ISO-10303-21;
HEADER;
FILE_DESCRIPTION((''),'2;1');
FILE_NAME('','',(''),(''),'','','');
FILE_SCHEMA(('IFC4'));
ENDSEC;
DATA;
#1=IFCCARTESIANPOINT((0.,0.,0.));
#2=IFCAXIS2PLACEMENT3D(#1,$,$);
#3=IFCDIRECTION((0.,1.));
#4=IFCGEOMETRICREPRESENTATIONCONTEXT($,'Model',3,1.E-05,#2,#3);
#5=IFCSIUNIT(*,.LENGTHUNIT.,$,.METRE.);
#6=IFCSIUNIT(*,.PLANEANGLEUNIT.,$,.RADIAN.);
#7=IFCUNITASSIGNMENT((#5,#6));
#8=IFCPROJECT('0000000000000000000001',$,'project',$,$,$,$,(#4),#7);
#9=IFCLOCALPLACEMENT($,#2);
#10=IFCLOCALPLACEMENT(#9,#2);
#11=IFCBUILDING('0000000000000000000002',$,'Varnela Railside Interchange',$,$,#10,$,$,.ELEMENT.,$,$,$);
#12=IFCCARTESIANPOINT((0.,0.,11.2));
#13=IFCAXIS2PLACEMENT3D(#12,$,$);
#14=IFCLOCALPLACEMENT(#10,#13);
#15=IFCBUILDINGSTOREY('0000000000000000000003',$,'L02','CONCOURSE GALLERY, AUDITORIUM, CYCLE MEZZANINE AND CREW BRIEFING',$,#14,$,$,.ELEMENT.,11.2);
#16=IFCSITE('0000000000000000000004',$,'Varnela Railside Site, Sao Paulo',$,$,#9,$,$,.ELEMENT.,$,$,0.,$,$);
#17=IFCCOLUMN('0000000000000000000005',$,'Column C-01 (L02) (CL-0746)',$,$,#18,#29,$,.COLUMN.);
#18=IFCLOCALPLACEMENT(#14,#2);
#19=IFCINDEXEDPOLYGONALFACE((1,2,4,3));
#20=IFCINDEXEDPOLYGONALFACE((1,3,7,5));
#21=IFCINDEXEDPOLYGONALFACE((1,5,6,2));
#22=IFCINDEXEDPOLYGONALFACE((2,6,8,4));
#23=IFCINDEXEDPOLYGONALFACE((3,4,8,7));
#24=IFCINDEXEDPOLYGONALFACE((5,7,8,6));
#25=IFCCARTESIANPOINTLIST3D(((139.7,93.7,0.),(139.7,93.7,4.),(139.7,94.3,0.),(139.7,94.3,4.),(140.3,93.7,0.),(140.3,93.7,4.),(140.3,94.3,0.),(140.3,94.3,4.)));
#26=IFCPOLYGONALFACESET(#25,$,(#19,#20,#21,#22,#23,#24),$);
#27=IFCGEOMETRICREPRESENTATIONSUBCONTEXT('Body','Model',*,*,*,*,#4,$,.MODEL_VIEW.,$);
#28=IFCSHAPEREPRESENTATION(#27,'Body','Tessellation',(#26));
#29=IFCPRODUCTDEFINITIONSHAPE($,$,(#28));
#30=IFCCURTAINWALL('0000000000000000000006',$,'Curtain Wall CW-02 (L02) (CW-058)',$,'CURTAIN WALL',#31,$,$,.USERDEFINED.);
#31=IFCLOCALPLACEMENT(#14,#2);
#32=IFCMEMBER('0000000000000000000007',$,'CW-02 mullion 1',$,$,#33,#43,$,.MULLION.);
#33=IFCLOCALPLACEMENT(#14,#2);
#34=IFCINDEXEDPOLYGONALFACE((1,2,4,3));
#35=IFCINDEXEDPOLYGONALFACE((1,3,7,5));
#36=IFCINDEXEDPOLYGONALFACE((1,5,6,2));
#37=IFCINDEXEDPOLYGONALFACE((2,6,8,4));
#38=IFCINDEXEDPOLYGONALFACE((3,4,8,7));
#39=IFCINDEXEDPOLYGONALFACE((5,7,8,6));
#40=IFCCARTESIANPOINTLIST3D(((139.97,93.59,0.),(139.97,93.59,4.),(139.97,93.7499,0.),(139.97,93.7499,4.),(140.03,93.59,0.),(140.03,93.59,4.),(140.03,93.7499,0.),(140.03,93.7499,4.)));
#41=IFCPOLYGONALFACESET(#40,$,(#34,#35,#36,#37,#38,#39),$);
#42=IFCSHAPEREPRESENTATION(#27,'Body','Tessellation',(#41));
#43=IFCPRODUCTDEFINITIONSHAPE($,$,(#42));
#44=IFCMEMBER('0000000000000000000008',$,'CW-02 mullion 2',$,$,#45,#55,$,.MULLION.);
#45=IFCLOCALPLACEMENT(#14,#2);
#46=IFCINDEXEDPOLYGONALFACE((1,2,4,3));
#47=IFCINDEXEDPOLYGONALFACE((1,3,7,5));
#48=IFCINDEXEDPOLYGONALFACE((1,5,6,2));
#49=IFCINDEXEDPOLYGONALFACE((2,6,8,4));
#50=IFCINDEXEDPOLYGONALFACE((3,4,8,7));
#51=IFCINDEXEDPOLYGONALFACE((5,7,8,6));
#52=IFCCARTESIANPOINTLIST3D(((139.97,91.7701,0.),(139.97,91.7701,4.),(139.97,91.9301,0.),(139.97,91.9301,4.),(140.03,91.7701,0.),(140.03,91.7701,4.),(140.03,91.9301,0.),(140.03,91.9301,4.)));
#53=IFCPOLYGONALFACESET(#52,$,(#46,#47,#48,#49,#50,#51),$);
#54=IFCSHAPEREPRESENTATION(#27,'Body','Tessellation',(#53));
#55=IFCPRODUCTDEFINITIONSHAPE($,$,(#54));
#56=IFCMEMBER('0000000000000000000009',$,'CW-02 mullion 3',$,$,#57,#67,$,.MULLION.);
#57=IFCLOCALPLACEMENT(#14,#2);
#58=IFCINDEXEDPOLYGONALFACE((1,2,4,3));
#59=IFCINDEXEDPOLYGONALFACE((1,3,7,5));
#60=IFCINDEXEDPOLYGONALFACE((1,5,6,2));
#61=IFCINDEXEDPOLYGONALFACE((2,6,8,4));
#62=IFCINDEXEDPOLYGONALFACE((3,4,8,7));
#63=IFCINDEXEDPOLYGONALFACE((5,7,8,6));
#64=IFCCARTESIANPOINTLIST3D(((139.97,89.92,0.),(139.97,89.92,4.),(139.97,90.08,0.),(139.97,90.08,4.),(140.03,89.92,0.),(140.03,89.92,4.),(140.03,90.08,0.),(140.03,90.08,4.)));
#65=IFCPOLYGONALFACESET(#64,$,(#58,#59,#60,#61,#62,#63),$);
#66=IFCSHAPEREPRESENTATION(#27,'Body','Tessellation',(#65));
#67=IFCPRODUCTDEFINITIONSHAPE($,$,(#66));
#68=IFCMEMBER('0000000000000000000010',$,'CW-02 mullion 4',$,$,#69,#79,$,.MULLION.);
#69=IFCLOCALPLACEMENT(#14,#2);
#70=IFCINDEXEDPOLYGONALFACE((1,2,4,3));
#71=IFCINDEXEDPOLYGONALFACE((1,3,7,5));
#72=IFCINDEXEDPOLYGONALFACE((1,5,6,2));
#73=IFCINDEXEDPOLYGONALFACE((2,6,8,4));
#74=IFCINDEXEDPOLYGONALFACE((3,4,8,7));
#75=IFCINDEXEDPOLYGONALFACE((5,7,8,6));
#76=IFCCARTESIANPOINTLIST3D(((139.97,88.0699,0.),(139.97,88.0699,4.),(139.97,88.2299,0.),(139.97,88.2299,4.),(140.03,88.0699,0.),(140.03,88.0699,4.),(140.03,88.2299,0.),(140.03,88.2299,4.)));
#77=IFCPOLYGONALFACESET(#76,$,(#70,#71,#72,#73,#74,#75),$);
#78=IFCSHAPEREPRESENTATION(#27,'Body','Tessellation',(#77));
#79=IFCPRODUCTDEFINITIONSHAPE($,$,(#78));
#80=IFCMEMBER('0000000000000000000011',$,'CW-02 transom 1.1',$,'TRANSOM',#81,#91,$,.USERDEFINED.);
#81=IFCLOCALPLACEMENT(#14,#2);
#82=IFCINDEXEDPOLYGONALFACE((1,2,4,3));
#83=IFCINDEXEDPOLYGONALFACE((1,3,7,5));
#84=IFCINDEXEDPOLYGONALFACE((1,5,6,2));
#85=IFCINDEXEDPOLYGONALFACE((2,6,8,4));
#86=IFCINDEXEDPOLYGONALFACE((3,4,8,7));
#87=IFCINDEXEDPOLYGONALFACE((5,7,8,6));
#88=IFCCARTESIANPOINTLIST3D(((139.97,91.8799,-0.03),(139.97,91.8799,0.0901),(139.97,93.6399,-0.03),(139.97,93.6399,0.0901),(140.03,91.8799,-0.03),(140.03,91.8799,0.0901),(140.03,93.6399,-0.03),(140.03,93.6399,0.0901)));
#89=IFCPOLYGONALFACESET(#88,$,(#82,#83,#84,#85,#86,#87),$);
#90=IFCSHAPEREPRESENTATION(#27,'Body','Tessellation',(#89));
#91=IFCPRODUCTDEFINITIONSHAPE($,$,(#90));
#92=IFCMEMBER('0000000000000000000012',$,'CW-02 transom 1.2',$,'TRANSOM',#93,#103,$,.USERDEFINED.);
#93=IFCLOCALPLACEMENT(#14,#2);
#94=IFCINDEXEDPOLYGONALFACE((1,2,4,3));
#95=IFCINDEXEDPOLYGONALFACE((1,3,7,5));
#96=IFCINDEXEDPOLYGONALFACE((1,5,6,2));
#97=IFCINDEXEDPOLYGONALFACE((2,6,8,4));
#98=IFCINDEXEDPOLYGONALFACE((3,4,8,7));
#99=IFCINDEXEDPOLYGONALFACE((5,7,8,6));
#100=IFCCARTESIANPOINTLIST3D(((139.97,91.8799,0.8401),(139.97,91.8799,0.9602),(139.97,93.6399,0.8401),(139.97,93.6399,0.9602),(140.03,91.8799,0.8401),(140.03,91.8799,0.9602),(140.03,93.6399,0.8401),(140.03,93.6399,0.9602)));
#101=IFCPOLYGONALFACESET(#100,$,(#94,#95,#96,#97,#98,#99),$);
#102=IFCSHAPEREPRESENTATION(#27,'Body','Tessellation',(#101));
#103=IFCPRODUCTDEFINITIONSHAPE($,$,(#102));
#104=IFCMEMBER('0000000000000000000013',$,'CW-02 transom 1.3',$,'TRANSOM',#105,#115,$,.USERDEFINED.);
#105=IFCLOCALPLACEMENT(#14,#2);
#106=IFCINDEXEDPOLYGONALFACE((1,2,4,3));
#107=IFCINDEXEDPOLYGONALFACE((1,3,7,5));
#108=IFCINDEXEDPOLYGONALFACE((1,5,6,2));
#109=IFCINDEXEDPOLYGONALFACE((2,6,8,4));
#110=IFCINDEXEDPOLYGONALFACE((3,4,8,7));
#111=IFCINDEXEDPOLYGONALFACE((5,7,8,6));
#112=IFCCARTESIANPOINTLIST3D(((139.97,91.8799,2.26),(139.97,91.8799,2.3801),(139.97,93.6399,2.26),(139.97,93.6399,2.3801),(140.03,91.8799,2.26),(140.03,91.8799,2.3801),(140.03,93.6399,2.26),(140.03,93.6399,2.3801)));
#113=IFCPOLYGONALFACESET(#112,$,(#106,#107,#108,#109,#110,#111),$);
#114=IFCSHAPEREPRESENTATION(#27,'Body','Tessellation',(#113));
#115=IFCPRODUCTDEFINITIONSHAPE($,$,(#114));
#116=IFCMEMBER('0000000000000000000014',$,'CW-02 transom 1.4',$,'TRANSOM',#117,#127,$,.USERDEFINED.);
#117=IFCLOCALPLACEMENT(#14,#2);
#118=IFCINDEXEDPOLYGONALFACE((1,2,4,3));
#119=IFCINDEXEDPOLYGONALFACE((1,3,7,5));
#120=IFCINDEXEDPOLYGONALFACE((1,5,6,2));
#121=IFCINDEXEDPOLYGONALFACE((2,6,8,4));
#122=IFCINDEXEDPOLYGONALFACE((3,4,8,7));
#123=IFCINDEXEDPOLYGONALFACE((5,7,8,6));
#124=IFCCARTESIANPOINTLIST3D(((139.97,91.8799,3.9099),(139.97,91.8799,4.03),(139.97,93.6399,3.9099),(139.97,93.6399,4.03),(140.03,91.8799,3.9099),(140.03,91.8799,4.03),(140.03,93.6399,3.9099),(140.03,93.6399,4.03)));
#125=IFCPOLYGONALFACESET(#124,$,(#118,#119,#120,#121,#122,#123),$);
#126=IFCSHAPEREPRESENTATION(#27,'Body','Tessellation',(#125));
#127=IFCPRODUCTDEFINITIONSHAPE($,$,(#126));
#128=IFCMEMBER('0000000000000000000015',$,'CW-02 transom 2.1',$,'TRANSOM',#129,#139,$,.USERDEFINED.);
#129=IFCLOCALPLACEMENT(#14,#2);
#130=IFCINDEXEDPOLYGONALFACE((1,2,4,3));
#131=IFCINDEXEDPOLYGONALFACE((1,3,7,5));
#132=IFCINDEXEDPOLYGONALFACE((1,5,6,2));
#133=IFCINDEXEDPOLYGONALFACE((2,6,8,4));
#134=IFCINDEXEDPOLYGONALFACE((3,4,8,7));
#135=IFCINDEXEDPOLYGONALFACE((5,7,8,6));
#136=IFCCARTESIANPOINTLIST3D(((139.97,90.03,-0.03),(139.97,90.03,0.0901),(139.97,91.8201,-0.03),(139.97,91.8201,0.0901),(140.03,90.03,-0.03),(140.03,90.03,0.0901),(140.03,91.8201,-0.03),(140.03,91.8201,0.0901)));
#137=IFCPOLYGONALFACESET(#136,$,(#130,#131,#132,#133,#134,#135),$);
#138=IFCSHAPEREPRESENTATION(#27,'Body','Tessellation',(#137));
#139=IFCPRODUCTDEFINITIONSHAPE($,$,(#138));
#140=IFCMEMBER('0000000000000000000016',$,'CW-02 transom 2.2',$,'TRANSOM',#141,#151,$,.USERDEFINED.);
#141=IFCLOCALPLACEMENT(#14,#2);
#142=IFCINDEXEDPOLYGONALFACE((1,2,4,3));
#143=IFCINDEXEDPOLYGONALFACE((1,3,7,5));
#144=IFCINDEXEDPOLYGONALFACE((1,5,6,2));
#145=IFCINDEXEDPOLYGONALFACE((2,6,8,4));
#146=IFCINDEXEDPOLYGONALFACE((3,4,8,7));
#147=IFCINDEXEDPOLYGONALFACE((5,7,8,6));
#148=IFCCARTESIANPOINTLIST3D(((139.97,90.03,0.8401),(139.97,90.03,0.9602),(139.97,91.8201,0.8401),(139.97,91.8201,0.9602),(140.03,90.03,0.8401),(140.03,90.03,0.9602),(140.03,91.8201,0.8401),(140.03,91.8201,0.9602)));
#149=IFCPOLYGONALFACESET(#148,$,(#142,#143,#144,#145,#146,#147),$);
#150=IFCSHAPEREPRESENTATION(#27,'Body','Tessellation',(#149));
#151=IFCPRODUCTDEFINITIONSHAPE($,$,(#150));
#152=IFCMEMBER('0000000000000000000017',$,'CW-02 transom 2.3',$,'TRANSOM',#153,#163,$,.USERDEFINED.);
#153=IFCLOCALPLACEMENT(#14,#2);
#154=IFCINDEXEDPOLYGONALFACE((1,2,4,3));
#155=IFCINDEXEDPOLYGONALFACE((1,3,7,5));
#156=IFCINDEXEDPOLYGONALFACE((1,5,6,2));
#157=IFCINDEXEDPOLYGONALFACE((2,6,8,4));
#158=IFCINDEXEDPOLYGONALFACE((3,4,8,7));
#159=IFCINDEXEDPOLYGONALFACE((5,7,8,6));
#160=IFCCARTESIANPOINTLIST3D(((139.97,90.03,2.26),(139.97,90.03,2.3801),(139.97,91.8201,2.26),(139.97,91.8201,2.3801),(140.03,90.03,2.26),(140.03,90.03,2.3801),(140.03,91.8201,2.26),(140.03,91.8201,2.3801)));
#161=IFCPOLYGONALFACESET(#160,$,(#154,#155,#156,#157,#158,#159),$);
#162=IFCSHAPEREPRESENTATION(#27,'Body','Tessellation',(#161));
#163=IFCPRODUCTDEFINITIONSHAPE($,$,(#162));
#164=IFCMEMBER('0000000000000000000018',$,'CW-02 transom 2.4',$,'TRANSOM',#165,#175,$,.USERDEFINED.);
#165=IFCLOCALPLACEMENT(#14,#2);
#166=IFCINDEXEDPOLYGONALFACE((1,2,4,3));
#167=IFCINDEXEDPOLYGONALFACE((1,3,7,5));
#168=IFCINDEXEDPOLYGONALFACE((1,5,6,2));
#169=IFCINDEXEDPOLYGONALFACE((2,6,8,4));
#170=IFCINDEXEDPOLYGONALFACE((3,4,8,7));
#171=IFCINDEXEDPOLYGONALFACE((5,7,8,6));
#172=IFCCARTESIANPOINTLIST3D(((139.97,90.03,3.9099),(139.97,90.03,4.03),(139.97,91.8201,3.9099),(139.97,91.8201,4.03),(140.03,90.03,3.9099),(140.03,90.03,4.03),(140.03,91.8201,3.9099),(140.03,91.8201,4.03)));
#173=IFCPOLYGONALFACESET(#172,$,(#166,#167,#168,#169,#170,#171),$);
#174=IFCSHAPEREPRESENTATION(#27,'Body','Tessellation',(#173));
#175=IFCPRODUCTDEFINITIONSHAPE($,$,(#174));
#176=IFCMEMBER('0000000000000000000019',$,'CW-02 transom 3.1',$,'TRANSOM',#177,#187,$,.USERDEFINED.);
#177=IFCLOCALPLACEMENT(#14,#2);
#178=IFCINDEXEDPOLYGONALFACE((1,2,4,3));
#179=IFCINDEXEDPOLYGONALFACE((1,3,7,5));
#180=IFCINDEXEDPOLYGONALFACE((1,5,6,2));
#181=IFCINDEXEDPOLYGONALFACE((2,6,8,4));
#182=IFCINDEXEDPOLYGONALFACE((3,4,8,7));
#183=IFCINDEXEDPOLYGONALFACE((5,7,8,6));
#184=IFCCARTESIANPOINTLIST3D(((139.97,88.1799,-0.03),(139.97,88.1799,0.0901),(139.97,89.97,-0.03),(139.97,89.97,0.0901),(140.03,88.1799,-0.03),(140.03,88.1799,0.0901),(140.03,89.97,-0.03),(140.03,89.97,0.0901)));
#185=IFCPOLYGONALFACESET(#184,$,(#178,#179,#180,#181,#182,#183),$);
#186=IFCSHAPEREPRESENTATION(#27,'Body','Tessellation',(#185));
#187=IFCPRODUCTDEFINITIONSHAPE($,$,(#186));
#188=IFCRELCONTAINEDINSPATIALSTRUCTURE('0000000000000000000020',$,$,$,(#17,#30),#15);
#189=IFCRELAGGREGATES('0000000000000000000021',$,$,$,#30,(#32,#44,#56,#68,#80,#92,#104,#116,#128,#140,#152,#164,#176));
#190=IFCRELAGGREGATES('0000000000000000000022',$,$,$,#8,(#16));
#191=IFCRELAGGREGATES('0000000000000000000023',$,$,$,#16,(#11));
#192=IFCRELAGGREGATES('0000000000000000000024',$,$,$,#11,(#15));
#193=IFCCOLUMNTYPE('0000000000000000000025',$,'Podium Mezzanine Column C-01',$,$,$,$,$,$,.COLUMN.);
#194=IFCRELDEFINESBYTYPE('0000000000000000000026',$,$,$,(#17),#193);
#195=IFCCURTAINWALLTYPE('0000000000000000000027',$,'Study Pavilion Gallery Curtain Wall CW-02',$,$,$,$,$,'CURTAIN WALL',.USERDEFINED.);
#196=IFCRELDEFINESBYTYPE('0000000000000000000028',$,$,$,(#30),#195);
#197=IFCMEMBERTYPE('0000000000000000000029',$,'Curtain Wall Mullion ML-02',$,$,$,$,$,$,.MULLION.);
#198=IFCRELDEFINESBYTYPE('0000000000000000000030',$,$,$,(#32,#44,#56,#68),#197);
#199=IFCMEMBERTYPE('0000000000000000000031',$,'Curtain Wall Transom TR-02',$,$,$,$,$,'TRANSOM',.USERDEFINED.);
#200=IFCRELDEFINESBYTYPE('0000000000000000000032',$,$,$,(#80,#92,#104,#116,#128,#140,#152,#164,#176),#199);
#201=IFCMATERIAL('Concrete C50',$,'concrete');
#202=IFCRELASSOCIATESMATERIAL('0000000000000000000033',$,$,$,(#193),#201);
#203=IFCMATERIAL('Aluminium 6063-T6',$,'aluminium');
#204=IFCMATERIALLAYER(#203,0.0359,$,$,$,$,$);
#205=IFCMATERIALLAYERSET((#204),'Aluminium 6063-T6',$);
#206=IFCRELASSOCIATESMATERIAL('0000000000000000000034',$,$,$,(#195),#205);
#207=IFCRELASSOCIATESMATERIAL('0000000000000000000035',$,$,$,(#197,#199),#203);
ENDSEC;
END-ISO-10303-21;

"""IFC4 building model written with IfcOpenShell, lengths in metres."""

from ifc_helpers import new_model, si_unit, direction, frame, origin, origin_2d, place, context, subcontext, project, spatial, rectangle, extrude, material, layer, layer_set, material_profile, profile_set, type_object, element, aggregate, save


model = new_model("IFC4")

# Units and contexts
model_context = context("Model", 3, precision=1e-05, world=origin(), true_north=direction((0.0, 1.0)))
body_context = subcontext(model_context, "Body", "Model", "MODEL_VIEW")
ifc_project = project(units=[si_unit("LENGTHUNIT", "METRE"), si_unit("PLANEANGLEUNIT", "RADIAN")], contexts=[model_context])

# Site, building, storey
site_placement = place(None, origin())
site = spatial("IfcSite", under=ifc_project, at=site_placement, Name="Varnela Railside Site, Sao Paulo", CompositionType="ELEMENT", RefElevation=0.0)
building_placement = place(site_placement, origin())
building = spatial("IfcBuilding", under=site, at=building_placement, Name="Varnela Railside Interchange", CompositionType="ELEMENT")
storey_placement = place(building_placement, frame((0.0, 0.0, 11.2)))
storey = spatial("IfcBuildingStorey", under=building, at=storey_placement, Name="L02", Description="CONCOURSE GALLERY, AUDITORIUM, CYCLE MEZZANINE AND CREW BRIEFING", CompositionType="ELEMENT", Elevation=11.2)

# Column
ifc_material_1 = material(Name="Concrete C50", Category="concrete")
ifc_material_profile_1 = material_profile(ifc_material_1, rectangle(XDim=0.6001, YDim=0.6001, at=origin_2d()), Name="RC 600x600")
ifc_profile_set_1 = profile_set([ifc_material_profile_1], Name="Concrete C50")
column_type = type_object("IfcColumnType", Name="Podium Mezzanine Column C-01", PredefinedType="COLUMN", material=ifc_profile_set_1)
column_placement = place(storey_placement, frame((140.0, 94.0, 0.0), z_axis=(0.0, 0.0, 1.0), x_axis=(1.0, 0.0, 0.0)))
element("IfcColumn", 1, at=column_placement, inside=storey, type_object=column_type, Name="Column C-01 (L02) (CL-0746)", PredefinedType="COLUMN", context=body_context, shape_type="SweptSolid", body=[
    extrude(rectangle(XDim=0.6001, YDim=0.6001, at=origin_2d()), origin(), (0.0, 0.0, 1.0), 4.0),
])

# Curtain wall, members
ifc_material_2 = material(Name="Aluminium 6063-T6", Category="aluminium")
ifc_layer_1 = layer(ifc_material_2, 0.0359)
ifc_layer_set_1 = layer_set([ifc_layer_1], Name="Aluminium 6063-T6")
curtain_wall_type = type_object("IfcCurtainWallType", Name="Study Pavilion Gallery Curtain Wall CW-02", ElementType="CURTAIN WALL", PredefinedType="USERDEFINED", material=ifc_layer_set_1)
curtain_wall_placement = place(storey_placement, origin())
curtain_wall = element("IfcCurtainWall", 2, at=curtain_wall_placement, inside=storey, type_object=curtain_wall_type, Name="Curtain Wall CW-02 (L02) (CW-058)", ObjectType="CURTAIN WALL", PredefinedType="USERDEFINED")
ifc_material_profile_2 = material_profile(ifc_material_2, rectangle(XDim=0.0601, YDim=0.1599, at=origin_2d()), Name="ALU 60x160")
ifc_profile_set_2 = profile_set([ifc_material_profile_2], Name="Aluminium 6063-T6")
member_type_1 = type_object("IfcMemberType", Name="Curtain Wall Mullion ML-02", PredefinedType="MULLION", material=ifc_profile_set_2)
member_1_placement = place(storey_placement, frame((140.0, 93.6699, 0.0), z_axis=(0.0, 0.0, 1.0), x_axis=(1.0, 0.0, 0.0)))
member_1 = element("IfcMember", 3, at=member_1_placement, type_object=member_type_1, Name="CW-02 mullion 1", PredefinedType="MULLION", context=body_context, shape_type="SweptSolid", body=[
    extrude(rectangle(XDim=0.0601, YDim=0.1599, at=origin_2d()), origin(), (0.0, 0.0, 1.0), 4.0),
])
member_2_placement = place(storey_placement, frame((140.0, 91.8501, 0.0), z_axis=(0.0, 0.0, 1.0), x_axis=(1.0, 0.0, 0.0)))
member_2 = element("IfcMember", 4, at=member_2_placement, type_object=member_type_1, Name="CW-02 mullion 2", PredefinedType="MULLION", context=body_context, shape_type="SweptSolid", body=[
    extrude(rectangle(XDim=0.0601, YDim=0.1599, at=origin_2d()), origin(), (0.0, 0.0, 1.0), 4.0),
])
member_3_placement = place(storey_placement, frame((140.0, 90.0, 0.0), z_axis=(0.0, 0.0, 1.0), x_axis=(1.0, 0.0, 0.0)))
member_3 = element("IfcMember", 5, at=member_3_placement, type_object=member_type_1, Name="CW-02 mullion 3", PredefinedType="MULLION", context=body_context, shape_type="SweptSolid", body=[
    extrude(rectangle(XDim=0.0601, YDim=0.1599, at=origin_2d()), origin(), (0.0, 0.0, 1.0), 4.0),
])
member_4_placement = place(storey_placement, frame((140.0, 88.1499, 0.0), z_axis=(0.0, 0.0, 1.0), x_axis=(1.0, 0.0, 0.0)))
member_4 = element("IfcMember", 6, at=member_4_placement, type_object=member_type_1, Name="CW-02 mullion 4", PredefinedType="MULLION", context=body_context, shape_type="SweptSolid", body=[
    extrude(rectangle(XDim=0.0601, YDim=0.1599, at=origin_2d()), origin(), (0.0, 0.0, 1.0), 4.0),
])
ifc_material_profile_3 = material_profile(ifc_material_2, rectangle(XDim=0.0601, YDim=0.1201, at=origin_2d()), Name="ALU 60x120")
ifc_profile_set_3 = profile_set([ifc_material_profile_3], Name="Aluminium 6063-T6")
member_type_2 = type_object("IfcMemberType", Name="Curtain Wall Transom TR-02", ElementType="TRANSOM", PredefinedType="USERDEFINED", material=ifc_profile_set_3)
member_5_placement = place(storey_placement, frame((140.0, 93.6399, 0.03), z_axis=(0.0, -1.0, 0.0), x_axis=(1.0, 0.0, 0.0)))
member_5 = element("IfcMember", 7, at=member_5_placement, type_object=member_type_2, Name="CW-02 transom 1.1", ObjectType="TRANSOM", PredefinedType="USERDEFINED", context=body_context, shape_type="SweptSolid", body=[
    extrude(rectangle(XDim=0.0601, YDim=0.1201, at=origin_2d()), origin(), (0.0, 0.0, 1.0), 1.76),
])
member_6_placement = place(storey_placement, frame((140.0, 93.6399, 0.9001), z_axis=(0.0, -1.0, 0.0), x_axis=(1.0, 0.0, 0.0)))
member_6 = element("IfcMember", 8, at=member_6_placement, type_object=member_type_2, Name="CW-02 transom 1.2", ObjectType="TRANSOM", PredefinedType="USERDEFINED", context=body_context, shape_type="SweptSolid", body=[
    extrude(rectangle(XDim=0.0601, YDim=0.1201, at=origin_2d()), origin(), (0.0, 0.0, 1.0), 1.76),
])
member_7_placement = place(storey_placement, frame((140.0, 93.6399, 2.3201), z_axis=(0.0, -1.0, 0.0), x_axis=(1.0, 0.0, 0.0)))
member_7 = element("IfcMember", 9, at=member_7_placement, type_object=member_type_2, Name="CW-02 transom 1.3", ObjectType="TRANSOM", PredefinedType="USERDEFINED", context=body_context, shape_type="SweptSolid", body=[
    extrude(rectangle(XDim=0.0601, YDim=0.1201, at=origin_2d()), origin(), (0.0, 0.0, 1.0), 1.76),
])
member_8_placement = place(storey_placement, frame((140.0, 93.6399, 3.97), z_axis=(0.0, -1.0, 0.0), x_axis=(1.0, 0.0, 0.0)))
member_8 = element("IfcMember", 10, at=member_8_placement, type_object=member_type_2, Name="CW-02 transom 1.4", ObjectType="TRANSOM", PredefinedType="USERDEFINED", context=body_context, shape_type="SweptSolid", body=[
    extrude(rectangle(XDim=0.0601, YDim=0.1201, at=origin_2d()), origin(), (0.0, 0.0, 1.0), 1.76),
])
member_9_placement = place(storey_placement, frame((140.0, 91.8201, 0.03), z_axis=(0.0, -1.0, 0.0), x_axis=(1.0, 0.0, 0.0)))
member_9 = element("IfcMember", 11, at=member_9_placement, type_object=member_type_2, Name="CW-02 transom 2.1", ObjectType="TRANSOM", PredefinedType="USERDEFINED", context=body_context, shape_type="SweptSolid", body=[
    extrude(rectangle(XDim=0.0601, YDim=0.1201, at=origin_2d()), origin(), (0.0, 0.0, 1.0), 1.79),
])
member_10_placement = place(storey_placement, frame((140.0, 91.8201, 0.9001), z_axis=(0.0, -1.0, 0.0), x_axis=(1.0, 0.0, 0.0)))
member_10 = element("IfcMember", 12, at=member_10_placement, type_object=member_type_2, Name="CW-02 transom 2.2", ObjectType="TRANSOM", PredefinedType="USERDEFINED", context=body_context, shape_type="SweptSolid", body=[
    extrude(rectangle(XDim=0.0601, YDim=0.1201, at=origin_2d()), origin(), (0.0, 0.0, 1.0), 1.79),
])
member_11_placement = place(storey_placement, frame((140.0, 91.8201, 2.3201), z_axis=(0.0, -1.0, 0.0), x_axis=(1.0, 0.0, 0.0)))
member_11 = element("IfcMember", 13, at=member_11_placement, type_object=member_type_2, Name="CW-02 transom 2.3", ObjectType="TRANSOM", PredefinedType="USERDEFINED", context=body_context, shape_type="SweptSolid", body=[
    extrude(rectangle(XDim=0.0601, YDim=0.1201, at=origin_2d()), origin(), (0.0, 0.0, 1.0), 1.79),
])
member_12_placement = place(storey_placement, frame((140.0, 91.8201, 3.97), z_axis=(0.0, -1.0, 0.0), x_axis=(1.0, 0.0, 0.0)))
member_12 = element("IfcMember", 14, at=member_12_placement, type_object=member_type_2, Name="CW-02 transom 2.4", ObjectType="TRANSOM", PredefinedType="USERDEFINED", context=body_context, shape_type="SweptSolid", body=[
    extrude(rectangle(XDim=0.0601, YDim=0.1201, at=origin_2d()), origin(), (0.0, 0.0, 1.0), 1.79),
])
member_13_placement = place(storey_placement, frame((140.0, 89.97, 0.03), z_axis=(0.0, -1.0, 0.0), x_axis=(1.0, 0.0, 0.0)))
member_13 = element("IfcMember", 15, at=member_13_placement, type_object=member_type_2, Name="CW-02 transom 3.1", ObjectType="TRANSOM", PredefinedType="USERDEFINED", context=body_context, shape_type="SweptSolid", body=[
    extrude(rectangle(XDim=0.0601, YDim=0.1201, at=origin_2d()), origin(), (0.0, 0.0, 1.0), 1.79),
])
aggregate(curtain_wall, [member_1, member_2, member_3, member_4, member_5, member_6, member_7, member_8, member_9, member_10, member_11, member_12, member_13])

save(model, "model.ifc")
